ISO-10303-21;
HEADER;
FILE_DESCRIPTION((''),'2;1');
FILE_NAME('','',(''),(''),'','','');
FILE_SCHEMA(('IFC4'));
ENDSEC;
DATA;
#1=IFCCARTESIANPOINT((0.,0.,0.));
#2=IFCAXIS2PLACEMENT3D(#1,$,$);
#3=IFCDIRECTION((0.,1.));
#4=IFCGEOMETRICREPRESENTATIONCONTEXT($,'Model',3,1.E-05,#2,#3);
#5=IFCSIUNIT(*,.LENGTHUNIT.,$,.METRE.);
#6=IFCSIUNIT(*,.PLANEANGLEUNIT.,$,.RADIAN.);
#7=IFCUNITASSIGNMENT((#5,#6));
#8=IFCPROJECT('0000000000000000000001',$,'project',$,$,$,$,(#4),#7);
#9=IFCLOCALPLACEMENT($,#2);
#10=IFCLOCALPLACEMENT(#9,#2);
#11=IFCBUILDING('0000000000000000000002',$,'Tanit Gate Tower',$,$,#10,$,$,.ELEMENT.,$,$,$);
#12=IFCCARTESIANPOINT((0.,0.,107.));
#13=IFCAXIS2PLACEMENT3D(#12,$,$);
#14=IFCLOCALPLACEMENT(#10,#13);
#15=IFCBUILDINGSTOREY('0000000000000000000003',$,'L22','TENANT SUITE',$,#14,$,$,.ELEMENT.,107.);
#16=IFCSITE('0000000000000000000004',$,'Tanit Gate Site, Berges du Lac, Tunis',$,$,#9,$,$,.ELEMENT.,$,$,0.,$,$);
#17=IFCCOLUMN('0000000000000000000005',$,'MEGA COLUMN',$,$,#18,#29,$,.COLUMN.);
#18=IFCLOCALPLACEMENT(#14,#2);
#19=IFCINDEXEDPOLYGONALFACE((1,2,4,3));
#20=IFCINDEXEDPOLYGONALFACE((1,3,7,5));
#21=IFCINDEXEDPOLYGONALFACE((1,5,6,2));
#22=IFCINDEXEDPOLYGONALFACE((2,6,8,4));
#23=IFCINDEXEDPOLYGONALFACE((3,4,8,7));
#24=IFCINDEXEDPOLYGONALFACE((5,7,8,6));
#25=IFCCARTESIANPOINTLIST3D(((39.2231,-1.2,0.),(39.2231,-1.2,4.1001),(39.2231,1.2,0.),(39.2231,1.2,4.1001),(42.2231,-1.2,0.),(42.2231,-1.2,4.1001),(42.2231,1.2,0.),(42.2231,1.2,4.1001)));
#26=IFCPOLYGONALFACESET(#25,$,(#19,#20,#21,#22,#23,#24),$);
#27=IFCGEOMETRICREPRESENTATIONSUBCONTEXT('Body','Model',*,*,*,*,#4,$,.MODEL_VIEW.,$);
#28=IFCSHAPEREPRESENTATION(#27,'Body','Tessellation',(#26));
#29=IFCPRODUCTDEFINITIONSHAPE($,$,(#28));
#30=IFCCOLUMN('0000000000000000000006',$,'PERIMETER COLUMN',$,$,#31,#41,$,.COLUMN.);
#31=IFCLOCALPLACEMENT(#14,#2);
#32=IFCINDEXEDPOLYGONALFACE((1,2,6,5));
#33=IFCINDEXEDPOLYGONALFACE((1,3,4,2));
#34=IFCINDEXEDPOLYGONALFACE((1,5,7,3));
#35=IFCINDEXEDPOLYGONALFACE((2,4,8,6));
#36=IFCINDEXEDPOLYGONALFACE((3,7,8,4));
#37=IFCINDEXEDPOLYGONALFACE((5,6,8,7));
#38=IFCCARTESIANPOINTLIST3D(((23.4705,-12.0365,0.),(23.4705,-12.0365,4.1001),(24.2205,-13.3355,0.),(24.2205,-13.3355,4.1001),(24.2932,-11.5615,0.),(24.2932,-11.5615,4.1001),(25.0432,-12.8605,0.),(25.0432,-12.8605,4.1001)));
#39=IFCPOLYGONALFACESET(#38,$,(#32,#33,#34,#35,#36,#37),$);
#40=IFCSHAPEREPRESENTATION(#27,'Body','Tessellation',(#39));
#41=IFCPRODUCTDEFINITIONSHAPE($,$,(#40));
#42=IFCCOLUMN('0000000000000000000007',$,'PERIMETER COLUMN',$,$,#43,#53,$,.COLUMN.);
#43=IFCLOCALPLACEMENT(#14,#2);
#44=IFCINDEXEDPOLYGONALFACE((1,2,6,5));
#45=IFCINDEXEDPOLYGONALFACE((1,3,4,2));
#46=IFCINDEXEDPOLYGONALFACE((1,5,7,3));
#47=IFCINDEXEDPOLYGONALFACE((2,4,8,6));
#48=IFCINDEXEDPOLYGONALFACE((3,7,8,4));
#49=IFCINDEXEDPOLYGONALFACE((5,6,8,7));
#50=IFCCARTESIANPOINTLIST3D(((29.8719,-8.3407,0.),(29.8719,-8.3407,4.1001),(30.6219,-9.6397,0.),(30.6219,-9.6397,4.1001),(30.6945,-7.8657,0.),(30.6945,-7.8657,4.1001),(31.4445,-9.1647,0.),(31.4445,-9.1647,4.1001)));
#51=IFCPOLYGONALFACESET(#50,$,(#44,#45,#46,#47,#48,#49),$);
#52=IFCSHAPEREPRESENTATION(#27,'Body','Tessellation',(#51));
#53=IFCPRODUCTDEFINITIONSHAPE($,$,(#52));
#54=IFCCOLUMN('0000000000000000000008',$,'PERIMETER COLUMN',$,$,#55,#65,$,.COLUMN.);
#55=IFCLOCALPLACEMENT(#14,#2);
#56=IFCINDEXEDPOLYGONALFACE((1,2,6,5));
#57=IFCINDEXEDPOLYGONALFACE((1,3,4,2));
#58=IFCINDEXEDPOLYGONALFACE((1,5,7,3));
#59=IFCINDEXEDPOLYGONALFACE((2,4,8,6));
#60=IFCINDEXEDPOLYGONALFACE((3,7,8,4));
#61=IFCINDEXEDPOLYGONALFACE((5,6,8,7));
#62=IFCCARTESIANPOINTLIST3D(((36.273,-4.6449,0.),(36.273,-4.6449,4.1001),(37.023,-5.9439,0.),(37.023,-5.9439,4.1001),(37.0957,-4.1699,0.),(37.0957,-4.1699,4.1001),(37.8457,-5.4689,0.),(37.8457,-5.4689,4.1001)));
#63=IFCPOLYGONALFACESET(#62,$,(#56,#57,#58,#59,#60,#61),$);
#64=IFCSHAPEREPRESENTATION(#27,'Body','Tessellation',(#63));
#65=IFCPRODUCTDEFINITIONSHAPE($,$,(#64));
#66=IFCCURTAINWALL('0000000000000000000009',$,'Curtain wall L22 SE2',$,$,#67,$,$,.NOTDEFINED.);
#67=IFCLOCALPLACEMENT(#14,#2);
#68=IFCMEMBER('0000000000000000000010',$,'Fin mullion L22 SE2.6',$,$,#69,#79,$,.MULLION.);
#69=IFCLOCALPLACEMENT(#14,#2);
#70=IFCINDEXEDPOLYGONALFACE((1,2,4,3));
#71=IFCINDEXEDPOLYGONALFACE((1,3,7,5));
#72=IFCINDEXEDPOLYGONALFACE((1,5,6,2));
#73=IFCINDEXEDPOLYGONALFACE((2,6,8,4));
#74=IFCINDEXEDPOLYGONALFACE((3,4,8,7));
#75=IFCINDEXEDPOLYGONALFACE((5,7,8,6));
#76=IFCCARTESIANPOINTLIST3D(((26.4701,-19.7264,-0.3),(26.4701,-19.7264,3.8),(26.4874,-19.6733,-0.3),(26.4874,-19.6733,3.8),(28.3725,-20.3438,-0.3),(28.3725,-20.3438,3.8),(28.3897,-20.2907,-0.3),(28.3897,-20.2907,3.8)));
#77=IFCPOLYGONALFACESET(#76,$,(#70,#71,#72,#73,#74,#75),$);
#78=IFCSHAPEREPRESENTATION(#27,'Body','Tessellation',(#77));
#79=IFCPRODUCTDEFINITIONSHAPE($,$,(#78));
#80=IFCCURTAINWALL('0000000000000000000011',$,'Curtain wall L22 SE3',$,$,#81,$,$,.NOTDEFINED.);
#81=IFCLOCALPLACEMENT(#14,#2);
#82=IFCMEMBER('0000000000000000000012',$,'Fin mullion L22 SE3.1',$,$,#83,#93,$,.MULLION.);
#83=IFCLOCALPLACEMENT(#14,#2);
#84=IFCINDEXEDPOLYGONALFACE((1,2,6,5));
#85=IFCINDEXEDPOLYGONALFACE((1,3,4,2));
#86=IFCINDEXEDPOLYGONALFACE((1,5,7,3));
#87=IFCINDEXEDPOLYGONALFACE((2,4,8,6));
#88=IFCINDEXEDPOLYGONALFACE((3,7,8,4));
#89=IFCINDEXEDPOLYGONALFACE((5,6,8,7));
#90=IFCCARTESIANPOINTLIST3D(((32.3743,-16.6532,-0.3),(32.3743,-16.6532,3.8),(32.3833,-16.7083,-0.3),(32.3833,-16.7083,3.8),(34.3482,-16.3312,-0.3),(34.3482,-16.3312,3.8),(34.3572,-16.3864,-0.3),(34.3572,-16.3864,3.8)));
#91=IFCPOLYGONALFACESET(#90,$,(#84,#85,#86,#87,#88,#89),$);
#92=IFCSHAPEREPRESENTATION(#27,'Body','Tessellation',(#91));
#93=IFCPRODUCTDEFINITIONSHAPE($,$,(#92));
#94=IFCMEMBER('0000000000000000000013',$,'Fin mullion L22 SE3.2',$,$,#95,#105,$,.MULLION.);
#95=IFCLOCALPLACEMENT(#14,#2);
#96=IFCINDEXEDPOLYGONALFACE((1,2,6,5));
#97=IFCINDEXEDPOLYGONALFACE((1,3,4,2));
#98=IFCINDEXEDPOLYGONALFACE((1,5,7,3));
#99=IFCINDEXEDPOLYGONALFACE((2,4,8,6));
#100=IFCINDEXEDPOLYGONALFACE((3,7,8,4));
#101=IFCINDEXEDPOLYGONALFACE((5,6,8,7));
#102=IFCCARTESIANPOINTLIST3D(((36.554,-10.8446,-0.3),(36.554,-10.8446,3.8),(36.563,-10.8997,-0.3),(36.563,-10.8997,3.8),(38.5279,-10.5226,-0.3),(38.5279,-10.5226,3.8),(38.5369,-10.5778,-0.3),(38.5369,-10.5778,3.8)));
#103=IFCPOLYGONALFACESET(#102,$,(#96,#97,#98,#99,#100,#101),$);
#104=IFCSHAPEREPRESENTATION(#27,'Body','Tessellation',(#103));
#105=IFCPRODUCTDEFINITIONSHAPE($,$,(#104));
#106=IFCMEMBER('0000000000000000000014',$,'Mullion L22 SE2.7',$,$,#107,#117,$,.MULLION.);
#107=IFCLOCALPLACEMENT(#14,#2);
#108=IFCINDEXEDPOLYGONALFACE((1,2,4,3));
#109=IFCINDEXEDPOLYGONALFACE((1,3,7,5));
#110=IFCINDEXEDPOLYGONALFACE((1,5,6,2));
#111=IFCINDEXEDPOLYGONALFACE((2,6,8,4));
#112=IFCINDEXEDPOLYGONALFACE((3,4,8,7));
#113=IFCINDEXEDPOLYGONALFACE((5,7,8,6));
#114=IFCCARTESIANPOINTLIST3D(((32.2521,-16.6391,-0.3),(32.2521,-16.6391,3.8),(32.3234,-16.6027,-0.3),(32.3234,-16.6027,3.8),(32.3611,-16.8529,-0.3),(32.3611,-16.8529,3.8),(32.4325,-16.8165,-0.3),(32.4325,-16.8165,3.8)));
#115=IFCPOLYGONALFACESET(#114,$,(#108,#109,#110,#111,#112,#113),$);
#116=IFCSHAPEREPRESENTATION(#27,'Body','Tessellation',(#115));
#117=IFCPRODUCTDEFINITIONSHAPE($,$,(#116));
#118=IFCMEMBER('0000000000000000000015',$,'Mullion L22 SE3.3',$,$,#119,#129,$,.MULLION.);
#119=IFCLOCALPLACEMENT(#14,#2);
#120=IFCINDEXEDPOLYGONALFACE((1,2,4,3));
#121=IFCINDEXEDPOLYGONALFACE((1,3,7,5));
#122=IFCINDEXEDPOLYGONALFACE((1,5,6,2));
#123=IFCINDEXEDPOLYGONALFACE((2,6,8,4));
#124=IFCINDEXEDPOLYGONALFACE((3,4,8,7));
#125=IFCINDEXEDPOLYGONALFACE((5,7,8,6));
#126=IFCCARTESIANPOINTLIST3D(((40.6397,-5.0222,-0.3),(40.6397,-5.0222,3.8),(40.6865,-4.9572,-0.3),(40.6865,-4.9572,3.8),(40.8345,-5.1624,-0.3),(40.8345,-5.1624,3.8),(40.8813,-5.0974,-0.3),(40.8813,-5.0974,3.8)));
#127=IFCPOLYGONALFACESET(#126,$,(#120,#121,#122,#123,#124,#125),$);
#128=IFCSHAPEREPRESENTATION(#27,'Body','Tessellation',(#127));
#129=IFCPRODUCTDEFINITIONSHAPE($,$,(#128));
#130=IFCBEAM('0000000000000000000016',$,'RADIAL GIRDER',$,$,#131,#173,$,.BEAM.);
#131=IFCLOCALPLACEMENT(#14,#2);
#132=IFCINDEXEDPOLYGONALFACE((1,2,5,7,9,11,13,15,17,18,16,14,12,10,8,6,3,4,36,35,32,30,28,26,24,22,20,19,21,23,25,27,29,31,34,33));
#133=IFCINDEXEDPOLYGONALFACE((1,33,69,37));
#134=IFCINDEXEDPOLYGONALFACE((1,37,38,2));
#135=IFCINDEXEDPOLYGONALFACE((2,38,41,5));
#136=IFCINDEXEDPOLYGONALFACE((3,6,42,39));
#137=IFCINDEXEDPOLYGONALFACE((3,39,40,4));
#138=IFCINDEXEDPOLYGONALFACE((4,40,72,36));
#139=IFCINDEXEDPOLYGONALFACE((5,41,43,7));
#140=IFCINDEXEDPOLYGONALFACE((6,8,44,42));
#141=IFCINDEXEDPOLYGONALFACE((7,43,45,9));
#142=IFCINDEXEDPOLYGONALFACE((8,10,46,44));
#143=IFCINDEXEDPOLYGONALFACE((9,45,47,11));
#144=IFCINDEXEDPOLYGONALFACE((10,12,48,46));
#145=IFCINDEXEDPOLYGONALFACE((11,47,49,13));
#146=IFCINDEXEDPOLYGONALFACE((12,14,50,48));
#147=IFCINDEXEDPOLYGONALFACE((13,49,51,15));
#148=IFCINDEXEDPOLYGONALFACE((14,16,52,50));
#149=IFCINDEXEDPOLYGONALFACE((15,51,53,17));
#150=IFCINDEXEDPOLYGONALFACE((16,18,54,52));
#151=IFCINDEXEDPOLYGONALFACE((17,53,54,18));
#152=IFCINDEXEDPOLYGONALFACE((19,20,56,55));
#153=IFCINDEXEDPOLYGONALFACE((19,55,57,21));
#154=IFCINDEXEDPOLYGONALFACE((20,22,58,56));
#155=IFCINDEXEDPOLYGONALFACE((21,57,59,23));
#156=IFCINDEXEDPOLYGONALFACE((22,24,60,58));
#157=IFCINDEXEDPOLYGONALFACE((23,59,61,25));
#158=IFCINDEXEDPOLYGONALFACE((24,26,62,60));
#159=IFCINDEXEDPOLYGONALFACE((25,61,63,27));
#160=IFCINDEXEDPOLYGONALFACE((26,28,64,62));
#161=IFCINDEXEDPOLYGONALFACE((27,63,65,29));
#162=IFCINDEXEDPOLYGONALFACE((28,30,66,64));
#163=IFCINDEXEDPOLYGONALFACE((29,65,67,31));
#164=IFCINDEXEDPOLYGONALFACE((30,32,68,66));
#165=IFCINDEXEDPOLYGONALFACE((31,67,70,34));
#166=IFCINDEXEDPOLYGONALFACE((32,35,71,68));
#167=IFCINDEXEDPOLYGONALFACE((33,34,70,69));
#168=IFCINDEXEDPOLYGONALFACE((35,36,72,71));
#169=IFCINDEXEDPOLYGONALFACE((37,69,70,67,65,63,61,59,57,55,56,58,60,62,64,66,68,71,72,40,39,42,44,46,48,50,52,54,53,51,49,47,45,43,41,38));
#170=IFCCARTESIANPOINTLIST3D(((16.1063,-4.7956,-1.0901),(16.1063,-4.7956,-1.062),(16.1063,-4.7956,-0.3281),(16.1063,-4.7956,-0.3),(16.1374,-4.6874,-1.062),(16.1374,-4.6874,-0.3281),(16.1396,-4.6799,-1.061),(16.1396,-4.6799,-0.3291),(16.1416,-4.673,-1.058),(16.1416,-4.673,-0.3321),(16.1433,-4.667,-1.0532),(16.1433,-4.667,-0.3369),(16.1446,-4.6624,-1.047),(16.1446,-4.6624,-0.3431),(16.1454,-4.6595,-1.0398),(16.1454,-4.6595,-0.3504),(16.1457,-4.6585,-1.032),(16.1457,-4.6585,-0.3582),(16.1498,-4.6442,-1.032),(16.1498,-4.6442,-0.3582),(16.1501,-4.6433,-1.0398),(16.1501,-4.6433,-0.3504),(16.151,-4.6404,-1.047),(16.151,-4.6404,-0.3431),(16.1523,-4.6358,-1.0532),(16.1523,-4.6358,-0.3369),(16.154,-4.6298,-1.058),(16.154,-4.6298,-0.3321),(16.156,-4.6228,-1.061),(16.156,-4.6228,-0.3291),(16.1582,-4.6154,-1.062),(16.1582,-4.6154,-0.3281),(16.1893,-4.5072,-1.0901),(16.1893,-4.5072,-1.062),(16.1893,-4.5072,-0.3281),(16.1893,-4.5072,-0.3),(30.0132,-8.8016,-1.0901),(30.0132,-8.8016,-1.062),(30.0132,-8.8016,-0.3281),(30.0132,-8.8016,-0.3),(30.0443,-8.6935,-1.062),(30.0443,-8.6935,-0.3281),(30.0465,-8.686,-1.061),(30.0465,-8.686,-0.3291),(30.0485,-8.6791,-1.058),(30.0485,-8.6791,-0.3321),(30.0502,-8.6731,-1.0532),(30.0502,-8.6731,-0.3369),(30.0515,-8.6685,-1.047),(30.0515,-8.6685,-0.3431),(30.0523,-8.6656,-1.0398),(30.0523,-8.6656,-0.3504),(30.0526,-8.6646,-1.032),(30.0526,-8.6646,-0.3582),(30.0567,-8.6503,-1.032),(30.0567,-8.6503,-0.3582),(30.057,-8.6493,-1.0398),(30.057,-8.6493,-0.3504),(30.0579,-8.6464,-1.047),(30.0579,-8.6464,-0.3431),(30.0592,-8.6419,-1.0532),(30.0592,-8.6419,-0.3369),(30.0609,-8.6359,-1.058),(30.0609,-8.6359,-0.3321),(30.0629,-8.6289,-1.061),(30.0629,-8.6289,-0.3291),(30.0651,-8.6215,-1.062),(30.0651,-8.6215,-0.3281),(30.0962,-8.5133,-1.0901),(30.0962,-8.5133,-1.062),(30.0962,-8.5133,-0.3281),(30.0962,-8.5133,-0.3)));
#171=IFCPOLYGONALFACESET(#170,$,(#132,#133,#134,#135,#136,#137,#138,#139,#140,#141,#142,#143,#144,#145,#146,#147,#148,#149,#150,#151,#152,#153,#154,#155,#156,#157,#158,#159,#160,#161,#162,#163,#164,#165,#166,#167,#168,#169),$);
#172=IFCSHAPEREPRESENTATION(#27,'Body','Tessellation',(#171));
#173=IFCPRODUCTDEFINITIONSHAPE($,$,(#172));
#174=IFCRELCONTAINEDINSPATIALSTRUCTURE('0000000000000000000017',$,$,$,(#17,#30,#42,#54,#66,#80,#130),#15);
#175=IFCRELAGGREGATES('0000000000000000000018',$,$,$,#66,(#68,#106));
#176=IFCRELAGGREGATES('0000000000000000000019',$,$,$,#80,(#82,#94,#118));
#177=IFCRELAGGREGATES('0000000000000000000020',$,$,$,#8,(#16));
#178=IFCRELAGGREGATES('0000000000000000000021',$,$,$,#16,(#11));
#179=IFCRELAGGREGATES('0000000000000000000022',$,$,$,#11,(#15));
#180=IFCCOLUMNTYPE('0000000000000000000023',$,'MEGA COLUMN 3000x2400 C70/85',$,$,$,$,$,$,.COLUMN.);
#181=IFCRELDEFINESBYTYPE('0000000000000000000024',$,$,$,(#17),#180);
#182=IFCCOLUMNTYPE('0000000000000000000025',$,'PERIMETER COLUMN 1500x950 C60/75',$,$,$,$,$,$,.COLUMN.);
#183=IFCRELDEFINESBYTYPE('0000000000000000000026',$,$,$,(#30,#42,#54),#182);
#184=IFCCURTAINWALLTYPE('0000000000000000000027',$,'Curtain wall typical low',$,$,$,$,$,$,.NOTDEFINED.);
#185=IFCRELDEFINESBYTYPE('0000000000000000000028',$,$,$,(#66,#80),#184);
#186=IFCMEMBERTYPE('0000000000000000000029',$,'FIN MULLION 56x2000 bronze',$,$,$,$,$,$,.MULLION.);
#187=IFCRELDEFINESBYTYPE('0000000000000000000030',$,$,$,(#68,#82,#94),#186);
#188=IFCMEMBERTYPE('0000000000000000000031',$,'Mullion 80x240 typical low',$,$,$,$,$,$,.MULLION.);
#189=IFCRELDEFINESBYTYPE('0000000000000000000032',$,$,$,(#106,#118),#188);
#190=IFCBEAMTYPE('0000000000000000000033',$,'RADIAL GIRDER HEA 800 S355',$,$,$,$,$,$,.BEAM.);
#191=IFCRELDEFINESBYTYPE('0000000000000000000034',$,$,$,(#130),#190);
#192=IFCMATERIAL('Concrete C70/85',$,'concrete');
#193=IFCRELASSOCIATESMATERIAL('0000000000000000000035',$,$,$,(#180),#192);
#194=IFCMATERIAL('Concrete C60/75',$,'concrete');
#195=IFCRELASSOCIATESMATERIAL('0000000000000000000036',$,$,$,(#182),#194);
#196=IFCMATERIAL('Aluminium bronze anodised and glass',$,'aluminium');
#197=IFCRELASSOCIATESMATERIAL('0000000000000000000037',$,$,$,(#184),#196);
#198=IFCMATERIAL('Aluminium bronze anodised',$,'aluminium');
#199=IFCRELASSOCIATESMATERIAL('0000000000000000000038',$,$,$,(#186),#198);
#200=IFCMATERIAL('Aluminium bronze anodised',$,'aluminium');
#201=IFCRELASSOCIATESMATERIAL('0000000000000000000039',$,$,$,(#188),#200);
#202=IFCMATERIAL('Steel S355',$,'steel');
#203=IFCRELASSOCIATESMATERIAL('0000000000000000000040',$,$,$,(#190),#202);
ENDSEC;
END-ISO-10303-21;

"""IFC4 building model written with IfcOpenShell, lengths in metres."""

from ifc_helpers import new_model, si_unit, direction, frame, origin, origin_2d, place, context, subcontext, project, spatial, rectangle, i_section, extrude, material, material_profile, profile_set, type_object, element, aggregate, save


model = new_model("IFC4")

# Units and contexts
model_context = context("Model", 3, precision=1e-05, world=origin(), true_north=direction((0.0, 1.0)))
body_context = subcontext(model_context, "Body", "Model", "MODEL_VIEW")
ifc_project = project(units=[si_unit("LENGTHUNIT", "METRE"), si_unit("PLANEANGLEUNIT", "RADIAN")], contexts=[model_context])

# Site, building, storey
site_placement = place(None, origin())
site = spatial("IfcSite", under=ifc_project, at=site_placement, Name="Tanit Gate Site, Berges du Lac, Tunis", CompositionType="ELEMENT", RefElevation=0.0)
building_placement = place(site_placement, origin())
building = spatial("IfcBuilding", under=site, at=building_placement, Name="Tanit Gate Tower", CompositionType="ELEMENT")
storey_placement = place(building_placement, frame((0.0, 0.0, 107.0)))
storey = spatial("IfcBuildingStorey", under=building, at=storey_placement, Name="L22", Description="TENANT SUITE", CompositionType="ELEMENT", Elevation=107.0)

# Columns
ifc_material_1 = material(Name="Concrete C70/85", Category="concrete")
ifc_material_profile_1 = material_profile(ifc_material_1, rectangle(XDim=3.0, YDim=2.3999, at=origin_2d()), Name="RC 3000x2400")
ifc_profile_set_1 = profile_set([ifc_material_profile_1], Name="Concrete C70/85")
column_type_1 = type_object("IfcColumnType", Name="MEGA COLUMN 3000x2400 C70/85", PredefinedType="COLUMN", material=ifc_profile_set_1)
column_placement = place(storey_placement, frame((40.7231, 0.0, 0.0), z_axis=(0.0, 0.0, 1.0), x_axis=(1.0, 0.0, 0.0)))
element("IfcColumn", 1, at=column_placement, inside=storey, type_object=column_type_1, Name="MEGA COLUMN", PredefinedType="COLUMN", context=body_context, shape_type="SweptSolid", body=[
    extrude(rectangle(XDim=3.0, YDim=2.3999, at=origin_2d()), origin(), (0.0, 0.0, 1.0), 4.1001),
])
ifc_material_2 = material(Name="Concrete C60/75", Category="concrete")
ifc_material_profile_2 = material_profile(ifc_material_2, rectangle(XDim=1.5, YDim=0.95, at=origin_2d()), Name="RC 1500x950")
ifc_profile_set_2 = profile_set([ifc_material_profile_2], Name="Concrete C60/75")
column_type_2 = type_object("IfcColumnType", Name="PERIMETER COLUMN 1500x950 C60/75", PredefinedType="COLUMN", material=ifc_profile_set_2)
for number, where, z_axis, x_axis, name in (
    (2, (24.2568, -12.4485, 0.0), (0.0, 0.0, 1.0), (0.5, -0.866025, 0.0), "PERIMETER COLUMN"),
    (3, (30.6582, -8.7527, 0.0), (0.0, 0.0, 1.0), (0.5, -0.866025, 0.0), "PERIMETER COLUMN"),
    (4, (37.0593, -5.0569, 0.0), (0.0, 0.0, 1.0), (0.5, -0.866025, 0.0), "PERIMETER COLUMN"),
):
    element("IfcColumn", number, at=place(storey_placement, frame(where, z_axis=z_axis, x_axis=x_axis)), inside=storey, type_object=column_type_2, Name=name, PredefinedType="COLUMN", context=body_context, shape_type="SweptSolid", body=[
        extrude(rectangle(XDim=1.5, YDim=0.95, at=origin_2d()), origin(), (0.0, 0.0, 1.0), 4.1001),
    ])

# Curtain wall, member
ifc_material_3 = material(Name="Aluminium bronze anodised and glass", Category="aluminium")
curtain_wall_type = type_object("IfcCurtainWallType", Name="Curtain wall typical low", PredefinedType="NOTDEFINED", material=ifc_material_3)
curtain_wall_1_placement = place(storey_placement, origin())
curtain_wall_1 = element("IfcCurtainWall", 5, at=curtain_wall_1_placement, inside=storey, type_object=curtain_wall_type, Name="Curtain wall L22 SE2", PredefinedType="NOTDEFINED")
ifc_material_4 = material(Name="Aluminium bronze anodised", Category="aluminium")
ifc_material_profile_3 = material_profile(ifc_material_4, rectangle(XDim=2.0, YDim=0.0559, at=origin_2d()), Name="56x2000 bronze fin mullion")
ifc_profile_set_3 = profile_set([ifc_material_profile_3], Name="Aluminium bronze anodised")
member_type_1 = type_object("IfcMemberType", Name="FIN MULLION 56x2000 bronze", PredefinedType="MULLION", material=ifc_profile_set_3)
member_1_placement = place(storey_placement, frame((27.4299, -20.0085, -0.3), z_axis=(0.0, 0.0, 1.0), x_axis=(-0.95116, 0.3087, 0.0)))
member_1 = element("IfcMember", 6, at=member_1_placement, type_object=member_type_1, Name="Fin mullion L22 SE2.6", PredefinedType="MULLION", context=body_context, shape_type="SweptSolid", body=[
    extrude(rectangle(XDim=2.0, YDim=0.0559, at=origin_2d()), origin(), (0.0, 0.0, 1.0), 4.1001),
])

# Curtain wall, members
curtain_wall_2_placement = place(storey_placement, origin())
curtain_wall_2 = element("IfcCurtainWall", 7, at=curtain_wall_2_placement, inside=storey, type_object=curtain_wall_type, Name="Curtain wall L22 SE3", PredefinedType="NOTDEFINED")
member_2_placement = place(storey_placement, frame((33.3657, -16.5198, -0.3), z_axis=(0.0, 0.0, 1.0), x_axis=(-0.986959, -0.160969, 0.0)))
member_2 = element("IfcMember", 8, at=member_2_placement, type_object=member_type_1, Name="Fin mullion L22 SE3.1", PredefinedType="MULLION", context=body_context, shape_type="SweptSolid", body=[
    extrude(rectangle(XDim=2.0, YDim=0.0559, at=origin_2d()), origin(), (0.0, 0.0, 1.0), 4.1001),
])
member_3_placement = place(storey_placement, frame((37.5454, -10.7112, -0.3), z_axis=(0.0, 0.0, 1.0), x_axis=(-0.986959, -0.160969, 0.0)))
member_3 = element("IfcMember", 9, at=member_3_placement, type_object=member_type_1, Name="Fin mullion L22 SE3.2", PredefinedType="MULLION", context=body_context, shape_type="SweptSolid", body=[
    extrude(rectangle(XDim=2.0, YDim=0.0559, at=origin_2d()), origin(), (0.0, 0.0, 1.0), 4.1001),
])

# Members
ifc_material_5 = material(Name="Aluminium bronze anodised", Category="aluminium")
ifc_material_profile_4 = material_profile(ifc_material_5, rectangle(XDim=0.24, YDim=0.0801, at=origin_2d()), Name="80x240 bronze mullion")
ifc_profile_set_4 = profile_set([ifc_material_profile_4], Name="Aluminium bronze anodised")
member_type_2 = type_object("IfcMemberType", Name="Mullion 80x240 typical low", PredefinedType="MULLION", material=ifc_profile_set_4)
member_4_placement = place(storey_placement, frame((32.3423, -16.7278, -0.3), z_axis=(0.0, 0.0, 1.0), x_axis=(-0.454288, 0.890855, 0.0)))
member_4 = element("IfcMember", 10, at=member_4_placement, type_object=member_type_2, Name="Mullion L22 SE2.7", PredefinedType="MULLION", context=body_context, shape_type="SweptSolid", body=[
    extrude(rectangle(XDim=0.24, YDim=0.0801, at=origin_2d()), origin(), (0.0, 0.0, 1.0), 4.1001),
])
member_5_placement = place(storey_placement, frame((40.7605, -5.0598, -0.3), z_axis=(0.0, 0.0, 1.0), x_axis=(-0.811708, 0.584063, 0.0)))
member_5 = element("IfcMember", 11, at=member_5_placement, type_object=member_type_2, Name="Mullion L22 SE3.3", PredefinedType="MULLION", context=body_context, shape_type="SweptSolid", body=[
    extrude(rectangle(XDim=0.24, YDim=0.0801, at=origin_2d()), origin(), (0.0, 0.0, 1.0), 4.1001),
])

# Beam
ifc_material_6 = material(Name="Steel S355", Category="steel")
ifc_material_profile_5 = material_profile(ifc_material_6, i_section(OverallWidth=0.3, OverallDepth=0.79, WebThickness=0.0149, FlangeThickness=0.0281, FilletRadius=0.03, at=origin_2d()), Name="HEA 800")
ifc_profile_set_5 = profile_set([ifc_material_profile_5], Name="Steel S355")
beam_type_1 = type_object("IfcBeamType", Name="RADIAL GIRDER HEA 800 S355", PredefinedType="BEAM", material=ifc_profile_set_5)
beam_1_placement = place(storey_placement, frame((30.0547, -8.6575, -0.6951), z_axis=(-0.960925, 0.276808, 0.0), x_axis=(-0.276808, -0.960925, 0.0)))
element("IfcBeam", 12, at=beam_1_placement, inside=storey, type_object=beam_type_1, Name="RADIAL GIRDER", PredefinedType="BEAM", context=body_context, shape_type="SweptSolid", body=[
    extrude(i_section(OverallWidth=0.3, OverallDepth=0.79, WebThickness=0.0149, FlangeThickness=0.0281, FilletRadius=0.03, at=origin_2d()), origin(), (0.0, 0.0, 1.0), 14.4724),
])

aggregate(curtain_wall_1, [member_1, member_4])
aggregate(curtain_wall_2, [member_2, member_3, member_5])

save(model, "model.ifc")
